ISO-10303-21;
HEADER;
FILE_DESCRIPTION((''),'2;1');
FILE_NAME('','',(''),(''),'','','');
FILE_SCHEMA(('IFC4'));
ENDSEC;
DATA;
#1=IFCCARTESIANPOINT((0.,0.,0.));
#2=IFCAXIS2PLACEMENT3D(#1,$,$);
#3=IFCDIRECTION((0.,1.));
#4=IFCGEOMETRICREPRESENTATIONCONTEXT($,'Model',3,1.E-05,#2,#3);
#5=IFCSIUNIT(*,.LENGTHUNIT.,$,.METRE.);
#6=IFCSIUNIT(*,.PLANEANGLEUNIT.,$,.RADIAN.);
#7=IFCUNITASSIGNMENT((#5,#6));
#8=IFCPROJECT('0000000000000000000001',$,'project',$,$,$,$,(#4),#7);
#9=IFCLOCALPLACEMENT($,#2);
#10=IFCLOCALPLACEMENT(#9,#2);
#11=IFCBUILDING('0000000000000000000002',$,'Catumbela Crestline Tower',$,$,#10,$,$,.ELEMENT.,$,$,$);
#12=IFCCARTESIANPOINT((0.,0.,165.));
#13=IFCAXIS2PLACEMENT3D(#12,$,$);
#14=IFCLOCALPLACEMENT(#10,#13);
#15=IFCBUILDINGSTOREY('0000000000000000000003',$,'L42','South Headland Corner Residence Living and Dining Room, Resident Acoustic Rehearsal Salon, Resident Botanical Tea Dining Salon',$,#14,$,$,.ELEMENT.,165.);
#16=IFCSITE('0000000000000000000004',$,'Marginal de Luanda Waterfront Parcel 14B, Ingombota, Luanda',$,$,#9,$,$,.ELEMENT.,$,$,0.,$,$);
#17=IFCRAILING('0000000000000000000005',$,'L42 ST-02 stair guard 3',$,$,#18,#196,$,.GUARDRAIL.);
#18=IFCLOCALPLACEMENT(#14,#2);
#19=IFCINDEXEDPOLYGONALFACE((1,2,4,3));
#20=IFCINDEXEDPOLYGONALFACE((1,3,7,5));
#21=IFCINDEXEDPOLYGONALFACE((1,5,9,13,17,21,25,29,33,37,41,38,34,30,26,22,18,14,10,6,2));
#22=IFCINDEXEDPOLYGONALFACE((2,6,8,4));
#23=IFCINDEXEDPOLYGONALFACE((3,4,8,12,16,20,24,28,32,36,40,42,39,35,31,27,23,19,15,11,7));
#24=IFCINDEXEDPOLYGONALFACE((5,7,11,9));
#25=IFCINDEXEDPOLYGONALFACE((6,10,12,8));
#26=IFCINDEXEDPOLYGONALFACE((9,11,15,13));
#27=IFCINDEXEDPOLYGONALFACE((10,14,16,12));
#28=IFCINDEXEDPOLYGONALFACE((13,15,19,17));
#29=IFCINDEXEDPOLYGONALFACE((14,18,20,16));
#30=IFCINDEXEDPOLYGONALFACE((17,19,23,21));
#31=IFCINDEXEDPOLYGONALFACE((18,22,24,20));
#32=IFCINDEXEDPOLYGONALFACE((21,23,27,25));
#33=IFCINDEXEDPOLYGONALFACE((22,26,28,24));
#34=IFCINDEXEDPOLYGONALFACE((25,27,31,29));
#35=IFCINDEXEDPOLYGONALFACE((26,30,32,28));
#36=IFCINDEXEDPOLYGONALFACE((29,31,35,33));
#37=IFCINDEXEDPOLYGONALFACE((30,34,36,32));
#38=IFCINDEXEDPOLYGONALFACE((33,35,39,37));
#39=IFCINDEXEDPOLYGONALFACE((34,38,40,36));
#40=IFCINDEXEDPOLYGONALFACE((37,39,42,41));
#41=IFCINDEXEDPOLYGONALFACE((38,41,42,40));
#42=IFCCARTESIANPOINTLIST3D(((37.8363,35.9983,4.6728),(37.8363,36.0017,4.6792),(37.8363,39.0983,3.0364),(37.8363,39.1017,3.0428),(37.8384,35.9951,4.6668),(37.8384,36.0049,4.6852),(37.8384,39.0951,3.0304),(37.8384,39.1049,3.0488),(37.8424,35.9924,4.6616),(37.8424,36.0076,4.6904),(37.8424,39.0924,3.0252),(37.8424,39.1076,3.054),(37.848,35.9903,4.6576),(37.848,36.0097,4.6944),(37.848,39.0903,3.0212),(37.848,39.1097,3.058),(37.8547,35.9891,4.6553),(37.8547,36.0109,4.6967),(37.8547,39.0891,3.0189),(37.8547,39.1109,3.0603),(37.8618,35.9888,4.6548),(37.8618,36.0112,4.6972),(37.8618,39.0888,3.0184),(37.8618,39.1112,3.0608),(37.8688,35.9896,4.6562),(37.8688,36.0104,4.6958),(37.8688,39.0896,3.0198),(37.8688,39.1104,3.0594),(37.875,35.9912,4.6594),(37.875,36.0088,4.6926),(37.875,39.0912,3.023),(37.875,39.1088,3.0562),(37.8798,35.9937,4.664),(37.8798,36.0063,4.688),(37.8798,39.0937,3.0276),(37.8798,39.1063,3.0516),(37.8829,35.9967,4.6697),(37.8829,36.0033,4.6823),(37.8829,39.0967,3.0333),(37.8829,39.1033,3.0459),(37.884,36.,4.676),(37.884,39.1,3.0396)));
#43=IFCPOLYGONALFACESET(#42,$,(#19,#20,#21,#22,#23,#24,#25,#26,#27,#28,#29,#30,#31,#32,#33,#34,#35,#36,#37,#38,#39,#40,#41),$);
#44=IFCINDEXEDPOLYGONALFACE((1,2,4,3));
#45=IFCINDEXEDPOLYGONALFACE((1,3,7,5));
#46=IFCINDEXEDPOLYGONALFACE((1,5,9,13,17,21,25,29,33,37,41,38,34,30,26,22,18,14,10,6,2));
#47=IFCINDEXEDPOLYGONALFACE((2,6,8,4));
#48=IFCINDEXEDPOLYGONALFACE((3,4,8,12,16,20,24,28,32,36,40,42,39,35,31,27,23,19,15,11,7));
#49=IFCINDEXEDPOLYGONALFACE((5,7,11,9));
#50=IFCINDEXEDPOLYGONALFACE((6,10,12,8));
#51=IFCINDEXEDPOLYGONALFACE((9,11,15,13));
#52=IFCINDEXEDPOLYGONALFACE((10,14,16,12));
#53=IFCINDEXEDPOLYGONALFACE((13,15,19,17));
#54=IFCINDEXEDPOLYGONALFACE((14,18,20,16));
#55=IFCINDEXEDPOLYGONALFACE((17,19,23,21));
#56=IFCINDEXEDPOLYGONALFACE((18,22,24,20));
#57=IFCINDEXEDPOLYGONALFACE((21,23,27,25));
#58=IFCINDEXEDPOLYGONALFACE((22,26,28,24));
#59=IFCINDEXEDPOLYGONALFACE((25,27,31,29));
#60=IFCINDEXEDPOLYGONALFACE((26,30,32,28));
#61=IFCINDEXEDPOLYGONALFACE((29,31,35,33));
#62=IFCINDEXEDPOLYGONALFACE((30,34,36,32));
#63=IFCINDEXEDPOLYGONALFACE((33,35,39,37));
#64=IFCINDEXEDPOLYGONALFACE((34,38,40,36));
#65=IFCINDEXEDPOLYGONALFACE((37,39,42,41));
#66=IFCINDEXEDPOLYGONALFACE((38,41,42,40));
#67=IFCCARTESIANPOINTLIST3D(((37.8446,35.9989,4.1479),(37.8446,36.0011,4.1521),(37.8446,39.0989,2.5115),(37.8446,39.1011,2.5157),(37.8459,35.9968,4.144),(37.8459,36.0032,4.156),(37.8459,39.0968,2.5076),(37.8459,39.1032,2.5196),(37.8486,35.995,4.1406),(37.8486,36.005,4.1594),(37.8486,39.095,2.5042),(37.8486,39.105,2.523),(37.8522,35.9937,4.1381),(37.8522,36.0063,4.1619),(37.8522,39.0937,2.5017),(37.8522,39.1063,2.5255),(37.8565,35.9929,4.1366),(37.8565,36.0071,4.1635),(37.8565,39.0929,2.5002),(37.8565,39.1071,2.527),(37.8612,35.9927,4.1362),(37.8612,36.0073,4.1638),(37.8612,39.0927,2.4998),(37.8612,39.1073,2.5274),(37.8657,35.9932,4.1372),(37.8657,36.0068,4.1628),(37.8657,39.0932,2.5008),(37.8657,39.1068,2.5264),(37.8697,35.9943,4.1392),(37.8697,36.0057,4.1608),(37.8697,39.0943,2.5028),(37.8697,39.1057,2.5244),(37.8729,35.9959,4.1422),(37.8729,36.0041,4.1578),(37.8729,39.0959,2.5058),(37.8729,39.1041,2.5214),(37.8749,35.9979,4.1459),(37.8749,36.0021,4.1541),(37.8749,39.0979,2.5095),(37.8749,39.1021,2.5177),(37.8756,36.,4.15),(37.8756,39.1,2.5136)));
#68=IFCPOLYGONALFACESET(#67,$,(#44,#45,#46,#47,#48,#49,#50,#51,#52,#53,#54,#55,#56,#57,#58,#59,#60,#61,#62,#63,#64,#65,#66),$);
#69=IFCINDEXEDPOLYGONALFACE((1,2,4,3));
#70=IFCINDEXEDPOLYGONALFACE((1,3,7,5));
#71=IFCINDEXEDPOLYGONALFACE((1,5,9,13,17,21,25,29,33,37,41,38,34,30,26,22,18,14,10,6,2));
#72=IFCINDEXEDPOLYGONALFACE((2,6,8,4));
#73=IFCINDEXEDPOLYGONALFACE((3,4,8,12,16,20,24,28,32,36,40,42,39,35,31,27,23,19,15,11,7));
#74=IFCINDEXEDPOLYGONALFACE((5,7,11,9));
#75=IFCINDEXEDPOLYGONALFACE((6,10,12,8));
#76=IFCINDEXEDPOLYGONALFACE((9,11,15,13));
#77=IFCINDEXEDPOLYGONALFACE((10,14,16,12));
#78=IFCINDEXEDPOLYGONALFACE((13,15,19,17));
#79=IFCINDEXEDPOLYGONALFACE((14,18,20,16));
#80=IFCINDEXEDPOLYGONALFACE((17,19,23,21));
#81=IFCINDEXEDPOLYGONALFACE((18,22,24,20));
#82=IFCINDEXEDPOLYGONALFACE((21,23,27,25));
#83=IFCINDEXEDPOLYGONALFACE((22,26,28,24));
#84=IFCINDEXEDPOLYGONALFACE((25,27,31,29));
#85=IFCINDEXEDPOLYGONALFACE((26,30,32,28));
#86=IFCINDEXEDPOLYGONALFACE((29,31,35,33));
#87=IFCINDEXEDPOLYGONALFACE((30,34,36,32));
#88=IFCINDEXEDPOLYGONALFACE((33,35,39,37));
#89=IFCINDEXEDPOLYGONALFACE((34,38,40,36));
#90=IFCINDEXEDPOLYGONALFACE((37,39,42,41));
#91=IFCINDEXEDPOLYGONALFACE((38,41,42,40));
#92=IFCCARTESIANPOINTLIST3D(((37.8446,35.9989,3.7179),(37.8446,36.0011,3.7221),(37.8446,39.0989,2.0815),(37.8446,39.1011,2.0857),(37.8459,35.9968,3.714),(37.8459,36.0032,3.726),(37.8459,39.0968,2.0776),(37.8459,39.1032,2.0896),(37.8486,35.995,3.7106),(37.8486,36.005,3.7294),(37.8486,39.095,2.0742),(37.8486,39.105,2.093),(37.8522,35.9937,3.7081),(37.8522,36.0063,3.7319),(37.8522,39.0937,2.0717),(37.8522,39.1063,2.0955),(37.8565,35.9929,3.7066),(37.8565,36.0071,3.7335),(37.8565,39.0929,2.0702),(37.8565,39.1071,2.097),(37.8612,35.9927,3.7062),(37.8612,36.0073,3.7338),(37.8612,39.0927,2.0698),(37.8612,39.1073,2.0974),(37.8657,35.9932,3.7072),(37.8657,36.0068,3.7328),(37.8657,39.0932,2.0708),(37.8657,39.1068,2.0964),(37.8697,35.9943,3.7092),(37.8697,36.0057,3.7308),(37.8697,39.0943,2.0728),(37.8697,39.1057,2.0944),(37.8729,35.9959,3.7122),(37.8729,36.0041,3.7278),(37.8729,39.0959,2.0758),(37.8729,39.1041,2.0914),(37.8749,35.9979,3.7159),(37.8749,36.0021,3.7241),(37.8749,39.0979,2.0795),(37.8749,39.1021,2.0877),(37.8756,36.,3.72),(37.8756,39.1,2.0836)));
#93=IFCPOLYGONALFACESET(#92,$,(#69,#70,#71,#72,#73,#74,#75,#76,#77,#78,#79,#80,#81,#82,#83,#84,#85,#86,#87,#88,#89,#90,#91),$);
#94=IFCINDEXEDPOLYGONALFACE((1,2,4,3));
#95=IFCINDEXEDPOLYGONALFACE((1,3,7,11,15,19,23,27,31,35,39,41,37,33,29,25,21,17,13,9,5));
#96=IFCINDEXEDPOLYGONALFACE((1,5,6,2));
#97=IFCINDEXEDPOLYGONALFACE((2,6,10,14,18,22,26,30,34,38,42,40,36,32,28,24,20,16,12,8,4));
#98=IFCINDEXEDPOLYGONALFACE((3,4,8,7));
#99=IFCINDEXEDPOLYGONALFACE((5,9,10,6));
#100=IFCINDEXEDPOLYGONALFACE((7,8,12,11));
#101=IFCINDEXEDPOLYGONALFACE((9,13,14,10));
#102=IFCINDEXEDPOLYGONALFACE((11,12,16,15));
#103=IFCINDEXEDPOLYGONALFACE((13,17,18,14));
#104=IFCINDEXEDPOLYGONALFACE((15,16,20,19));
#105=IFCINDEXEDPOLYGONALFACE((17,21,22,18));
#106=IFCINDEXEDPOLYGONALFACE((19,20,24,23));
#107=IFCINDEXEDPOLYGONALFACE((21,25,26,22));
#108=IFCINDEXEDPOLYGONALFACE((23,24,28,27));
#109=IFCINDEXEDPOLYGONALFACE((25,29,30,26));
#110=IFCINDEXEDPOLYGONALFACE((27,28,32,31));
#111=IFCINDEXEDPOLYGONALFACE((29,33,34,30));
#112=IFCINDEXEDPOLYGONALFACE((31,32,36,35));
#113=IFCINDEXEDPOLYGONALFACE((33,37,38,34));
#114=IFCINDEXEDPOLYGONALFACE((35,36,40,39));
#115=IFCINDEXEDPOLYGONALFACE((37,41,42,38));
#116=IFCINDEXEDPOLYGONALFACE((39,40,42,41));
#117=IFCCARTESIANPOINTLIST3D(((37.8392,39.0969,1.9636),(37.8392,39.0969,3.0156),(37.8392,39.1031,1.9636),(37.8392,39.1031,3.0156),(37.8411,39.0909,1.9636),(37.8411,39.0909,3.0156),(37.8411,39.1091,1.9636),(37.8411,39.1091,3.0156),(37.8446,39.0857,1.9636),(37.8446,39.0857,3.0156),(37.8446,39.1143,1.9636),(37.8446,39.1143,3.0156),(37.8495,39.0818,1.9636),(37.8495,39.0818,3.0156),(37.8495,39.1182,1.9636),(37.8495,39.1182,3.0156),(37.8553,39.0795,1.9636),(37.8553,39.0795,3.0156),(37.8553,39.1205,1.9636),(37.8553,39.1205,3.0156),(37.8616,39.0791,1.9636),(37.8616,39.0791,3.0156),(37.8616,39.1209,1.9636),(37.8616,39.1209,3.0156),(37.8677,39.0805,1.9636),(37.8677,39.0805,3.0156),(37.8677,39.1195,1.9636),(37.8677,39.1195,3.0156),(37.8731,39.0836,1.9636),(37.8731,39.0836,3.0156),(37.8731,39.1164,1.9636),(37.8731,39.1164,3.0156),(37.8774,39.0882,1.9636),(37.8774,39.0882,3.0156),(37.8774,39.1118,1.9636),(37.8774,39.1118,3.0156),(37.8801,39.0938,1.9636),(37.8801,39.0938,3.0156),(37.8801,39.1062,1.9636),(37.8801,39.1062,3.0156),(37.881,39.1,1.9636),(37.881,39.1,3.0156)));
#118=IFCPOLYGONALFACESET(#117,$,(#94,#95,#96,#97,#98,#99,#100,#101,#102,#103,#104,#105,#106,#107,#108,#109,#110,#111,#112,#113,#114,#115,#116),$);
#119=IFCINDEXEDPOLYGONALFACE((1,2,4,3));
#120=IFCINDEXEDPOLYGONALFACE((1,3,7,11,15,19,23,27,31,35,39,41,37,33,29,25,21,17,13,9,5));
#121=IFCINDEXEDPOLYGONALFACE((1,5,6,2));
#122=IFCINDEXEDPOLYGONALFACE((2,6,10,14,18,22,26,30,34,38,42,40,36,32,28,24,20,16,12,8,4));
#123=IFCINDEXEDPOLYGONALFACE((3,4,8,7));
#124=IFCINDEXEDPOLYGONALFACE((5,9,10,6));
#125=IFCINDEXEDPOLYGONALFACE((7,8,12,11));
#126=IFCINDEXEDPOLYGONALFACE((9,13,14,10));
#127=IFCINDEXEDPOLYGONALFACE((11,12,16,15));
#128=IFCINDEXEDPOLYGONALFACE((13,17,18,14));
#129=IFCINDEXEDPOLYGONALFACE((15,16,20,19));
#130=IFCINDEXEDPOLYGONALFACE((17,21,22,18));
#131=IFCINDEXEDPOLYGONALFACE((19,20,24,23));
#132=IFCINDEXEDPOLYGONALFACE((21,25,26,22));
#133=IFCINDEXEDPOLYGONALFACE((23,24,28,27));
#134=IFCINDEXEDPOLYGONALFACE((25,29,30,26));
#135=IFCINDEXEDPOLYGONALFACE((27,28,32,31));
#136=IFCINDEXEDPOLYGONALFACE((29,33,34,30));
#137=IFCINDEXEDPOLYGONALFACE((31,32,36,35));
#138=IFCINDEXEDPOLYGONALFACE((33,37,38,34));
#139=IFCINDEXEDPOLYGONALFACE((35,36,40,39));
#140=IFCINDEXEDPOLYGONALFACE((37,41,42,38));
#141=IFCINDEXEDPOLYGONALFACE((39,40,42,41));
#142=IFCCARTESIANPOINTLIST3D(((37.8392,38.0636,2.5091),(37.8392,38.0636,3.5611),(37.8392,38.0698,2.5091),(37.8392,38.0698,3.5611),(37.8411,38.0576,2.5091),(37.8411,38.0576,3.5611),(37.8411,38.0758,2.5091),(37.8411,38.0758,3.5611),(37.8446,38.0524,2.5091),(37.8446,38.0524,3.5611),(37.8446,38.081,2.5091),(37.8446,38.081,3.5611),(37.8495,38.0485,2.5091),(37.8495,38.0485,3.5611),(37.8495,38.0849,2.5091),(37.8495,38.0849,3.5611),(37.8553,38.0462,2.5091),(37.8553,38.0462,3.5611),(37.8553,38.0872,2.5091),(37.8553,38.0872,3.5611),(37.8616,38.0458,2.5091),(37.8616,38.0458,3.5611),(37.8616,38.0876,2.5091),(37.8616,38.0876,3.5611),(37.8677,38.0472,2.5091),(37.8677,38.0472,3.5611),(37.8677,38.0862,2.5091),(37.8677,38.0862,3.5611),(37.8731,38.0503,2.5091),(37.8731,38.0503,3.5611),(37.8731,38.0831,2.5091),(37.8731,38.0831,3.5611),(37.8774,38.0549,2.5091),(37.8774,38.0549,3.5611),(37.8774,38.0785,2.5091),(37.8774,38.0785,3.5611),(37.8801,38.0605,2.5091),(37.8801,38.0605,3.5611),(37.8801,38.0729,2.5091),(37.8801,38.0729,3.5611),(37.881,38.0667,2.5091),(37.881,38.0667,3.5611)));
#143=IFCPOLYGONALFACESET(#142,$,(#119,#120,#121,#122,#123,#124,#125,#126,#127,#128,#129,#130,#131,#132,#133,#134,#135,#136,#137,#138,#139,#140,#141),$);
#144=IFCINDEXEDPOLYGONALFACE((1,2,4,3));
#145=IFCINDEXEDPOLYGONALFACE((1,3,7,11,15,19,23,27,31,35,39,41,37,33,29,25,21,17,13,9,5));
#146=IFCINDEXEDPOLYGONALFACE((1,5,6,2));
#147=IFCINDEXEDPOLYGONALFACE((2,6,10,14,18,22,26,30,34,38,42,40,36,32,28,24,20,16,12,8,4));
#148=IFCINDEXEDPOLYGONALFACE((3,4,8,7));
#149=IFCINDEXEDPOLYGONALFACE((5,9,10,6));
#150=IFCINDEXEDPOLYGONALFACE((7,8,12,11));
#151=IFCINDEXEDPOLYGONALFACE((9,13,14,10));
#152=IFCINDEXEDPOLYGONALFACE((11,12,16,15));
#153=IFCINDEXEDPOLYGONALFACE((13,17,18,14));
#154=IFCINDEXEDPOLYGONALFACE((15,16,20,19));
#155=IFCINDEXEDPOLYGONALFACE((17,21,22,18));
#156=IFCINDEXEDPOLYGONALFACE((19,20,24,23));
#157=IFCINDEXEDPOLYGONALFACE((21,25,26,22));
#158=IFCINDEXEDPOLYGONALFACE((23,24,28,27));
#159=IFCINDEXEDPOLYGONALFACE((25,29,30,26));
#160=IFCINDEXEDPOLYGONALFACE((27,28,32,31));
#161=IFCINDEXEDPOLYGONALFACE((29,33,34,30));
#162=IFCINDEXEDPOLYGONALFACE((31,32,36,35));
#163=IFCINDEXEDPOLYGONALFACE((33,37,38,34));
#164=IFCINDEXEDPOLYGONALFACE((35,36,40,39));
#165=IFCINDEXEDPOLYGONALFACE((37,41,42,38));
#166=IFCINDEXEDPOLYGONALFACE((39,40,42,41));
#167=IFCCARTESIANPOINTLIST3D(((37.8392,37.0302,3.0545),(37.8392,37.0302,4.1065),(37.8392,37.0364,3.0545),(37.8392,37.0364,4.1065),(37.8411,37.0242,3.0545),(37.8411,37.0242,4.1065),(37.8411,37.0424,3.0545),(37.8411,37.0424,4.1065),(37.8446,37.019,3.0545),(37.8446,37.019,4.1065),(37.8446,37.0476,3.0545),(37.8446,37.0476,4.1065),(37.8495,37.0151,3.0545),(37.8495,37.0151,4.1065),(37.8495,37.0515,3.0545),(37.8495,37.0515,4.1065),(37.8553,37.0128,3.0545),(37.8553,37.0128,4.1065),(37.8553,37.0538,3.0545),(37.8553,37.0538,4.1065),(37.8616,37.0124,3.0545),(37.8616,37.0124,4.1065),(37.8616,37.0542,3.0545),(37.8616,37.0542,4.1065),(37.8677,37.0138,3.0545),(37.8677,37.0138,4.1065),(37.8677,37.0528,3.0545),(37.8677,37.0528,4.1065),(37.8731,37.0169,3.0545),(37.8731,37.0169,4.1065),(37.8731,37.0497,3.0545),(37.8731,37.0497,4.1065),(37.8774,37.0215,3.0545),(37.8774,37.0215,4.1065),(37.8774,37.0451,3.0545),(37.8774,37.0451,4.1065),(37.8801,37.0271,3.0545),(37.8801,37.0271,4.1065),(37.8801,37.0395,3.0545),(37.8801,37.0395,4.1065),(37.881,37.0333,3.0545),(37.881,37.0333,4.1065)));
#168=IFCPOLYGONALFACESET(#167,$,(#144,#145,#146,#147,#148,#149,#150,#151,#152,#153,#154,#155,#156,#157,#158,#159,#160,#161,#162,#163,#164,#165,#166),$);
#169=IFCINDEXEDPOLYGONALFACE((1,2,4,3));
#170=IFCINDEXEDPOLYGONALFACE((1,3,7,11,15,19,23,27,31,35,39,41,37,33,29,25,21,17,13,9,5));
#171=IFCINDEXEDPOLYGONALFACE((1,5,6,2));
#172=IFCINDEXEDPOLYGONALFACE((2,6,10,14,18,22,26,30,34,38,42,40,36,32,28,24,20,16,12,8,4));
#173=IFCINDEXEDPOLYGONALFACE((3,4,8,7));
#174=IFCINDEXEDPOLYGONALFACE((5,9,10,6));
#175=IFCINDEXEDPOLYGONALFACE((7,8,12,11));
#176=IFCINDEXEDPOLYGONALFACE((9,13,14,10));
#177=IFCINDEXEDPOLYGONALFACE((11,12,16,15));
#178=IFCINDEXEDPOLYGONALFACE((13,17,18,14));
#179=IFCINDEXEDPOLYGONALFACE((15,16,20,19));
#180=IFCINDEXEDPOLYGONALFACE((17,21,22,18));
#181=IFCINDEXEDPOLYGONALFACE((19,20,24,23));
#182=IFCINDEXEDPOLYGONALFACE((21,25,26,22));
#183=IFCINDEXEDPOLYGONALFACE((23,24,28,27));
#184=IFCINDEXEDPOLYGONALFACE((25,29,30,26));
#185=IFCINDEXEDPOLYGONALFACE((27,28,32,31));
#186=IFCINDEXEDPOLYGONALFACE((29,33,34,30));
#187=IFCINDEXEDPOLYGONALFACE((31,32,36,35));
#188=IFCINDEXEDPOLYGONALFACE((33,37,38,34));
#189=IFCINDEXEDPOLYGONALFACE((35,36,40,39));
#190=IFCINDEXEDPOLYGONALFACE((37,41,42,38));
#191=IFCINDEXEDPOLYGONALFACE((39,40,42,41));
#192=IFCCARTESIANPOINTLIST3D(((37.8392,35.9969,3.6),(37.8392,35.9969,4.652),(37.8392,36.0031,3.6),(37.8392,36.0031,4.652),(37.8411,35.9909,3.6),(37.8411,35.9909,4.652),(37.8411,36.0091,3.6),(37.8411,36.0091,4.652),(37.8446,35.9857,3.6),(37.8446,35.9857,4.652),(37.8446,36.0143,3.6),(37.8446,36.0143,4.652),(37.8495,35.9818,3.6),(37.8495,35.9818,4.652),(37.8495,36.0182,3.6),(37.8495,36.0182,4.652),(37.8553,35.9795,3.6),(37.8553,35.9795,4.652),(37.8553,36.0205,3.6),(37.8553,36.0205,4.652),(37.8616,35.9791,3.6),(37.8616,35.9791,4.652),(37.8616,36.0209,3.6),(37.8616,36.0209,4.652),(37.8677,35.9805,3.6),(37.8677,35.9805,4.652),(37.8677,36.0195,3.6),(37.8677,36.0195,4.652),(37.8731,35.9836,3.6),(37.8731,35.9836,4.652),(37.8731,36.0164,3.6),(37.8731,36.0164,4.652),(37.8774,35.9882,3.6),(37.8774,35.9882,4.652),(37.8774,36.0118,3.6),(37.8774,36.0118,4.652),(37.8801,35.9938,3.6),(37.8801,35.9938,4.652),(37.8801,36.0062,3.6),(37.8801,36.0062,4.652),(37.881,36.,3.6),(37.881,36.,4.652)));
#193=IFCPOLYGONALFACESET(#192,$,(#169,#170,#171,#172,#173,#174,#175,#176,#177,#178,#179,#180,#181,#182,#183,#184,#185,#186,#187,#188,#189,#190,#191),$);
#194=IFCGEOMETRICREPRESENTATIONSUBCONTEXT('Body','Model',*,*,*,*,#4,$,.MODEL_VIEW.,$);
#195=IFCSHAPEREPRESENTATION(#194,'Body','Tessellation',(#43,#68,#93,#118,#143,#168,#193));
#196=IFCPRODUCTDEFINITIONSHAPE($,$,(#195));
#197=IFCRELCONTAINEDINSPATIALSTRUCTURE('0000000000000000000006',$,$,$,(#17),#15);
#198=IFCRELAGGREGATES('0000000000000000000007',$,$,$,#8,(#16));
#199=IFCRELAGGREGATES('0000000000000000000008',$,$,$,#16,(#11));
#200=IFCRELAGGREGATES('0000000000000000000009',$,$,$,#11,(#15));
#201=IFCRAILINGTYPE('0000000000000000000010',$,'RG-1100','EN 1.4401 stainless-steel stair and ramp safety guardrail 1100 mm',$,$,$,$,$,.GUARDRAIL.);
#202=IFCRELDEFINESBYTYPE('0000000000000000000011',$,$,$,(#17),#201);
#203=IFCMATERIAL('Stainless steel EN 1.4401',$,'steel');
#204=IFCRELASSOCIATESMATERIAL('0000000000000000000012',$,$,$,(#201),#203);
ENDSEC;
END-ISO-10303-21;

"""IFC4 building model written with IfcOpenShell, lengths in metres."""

from ifc_helpers import new_model, si_unit, direction, frame, origin, origin_2d, place, context, subcontext, project, spatial, circle, extrude, material, type_object, element, save


model = new_model("IFC4")

# Units and contexts
model_context = context("Model", 3, precision=1e-05, world=origin(), true_north=direction((0.0, 1.0)))
body_context = subcontext(model_context, "Body", "Model", "MODEL_VIEW")
ifc_project = project(units=[si_unit("LENGTHUNIT", "METRE"), si_unit("PLANEANGLEUNIT", "RADIAN")], contexts=[model_context])

# Site, building, storey
site_placement = place(None, origin())
site = spatial("IfcSite", under=ifc_project, at=site_placement, Name="Marginal de Luanda Waterfront Parcel 14B, Ingombota, Luanda", CompositionType="ELEMENT", RefElevation=0.0)
building_placement = place(site_placement, origin())
building = spatial("IfcBuilding", under=site, at=building_placement, Name="Catumbela Crestline Tower", CompositionType="ELEMENT")
storey_placement = place(building_placement, frame((0.0, 0.0, 165.0)))
storey = spatial("IfcBuildingStorey", under=building, at=storey_placement, Name="L42", Description="South Headland Corner Residence Living and Dining Room, Resident Acoustic Rehearsal Salon, Resident Botanical Tea Dining Salon", CompositionType="ELEMENT", Elevation=165.0)

# Shared definitions
ifc_material_1 = material(Name="Stainless steel EN 1.4401", Category="steel")

# Railing
railing_type_1 = type_object("IfcRailingType", Name="RG-1100", Description="EN 1.4401 stainless-steel stair and ramp safety guardrail 1100 mm", PredefinedType="GUARDRAIL", material=ifc_material_1)
railing_1_placement = place(storey_placement, frame((37.86, 39.1, 1.9636)))
element("IfcRailing", 1, at=railing_1_placement, inside=storey, type_object=railing_type_1, Name="L42 ST-02 stair guard 3", PredefinedType="GUARDRAIL", context=body_context, shape_type="SweptSolid", body=[
    extrude(circle(Radius=0.024, at=origin_2d()), frame((0.0, 0.0, 1.076), z_axis=(0.0, -0.884351, 0.466823), x_axis=(1.0, 0.0, 0.0)), (0.0, 0.0, 1.0), 3.5054),
    extrude(circle(Radius=0.0156, at=origin_2d()), frame((0.0, 0.0, 0.55), z_axis=(0.0, -0.884351, 0.466823), x_axis=(1.0, 0.0, 0.0)), (0.0, 0.0, 1.0), 3.5054),
    extrude(circle(Radius=0.0156, at=origin_2d()), frame((0.0, 0.0, 0.12), z_axis=(0.0, -0.884351, 0.466823), x_axis=(1.0, 0.0, 0.0)), (0.0, 0.0, 1.0), 3.5054),
    extrude(circle(Radius=0.021, at=origin_2d()), origin(), (0.0, 0.0, 1.0), 1.052),
    extrude(circle(Radius=0.021, at=origin_2d()), frame((0.0, -1.0333, 0.5455)), (0.0, 0.0, 1.0), 1.052),
    extrude(circle(Radius=0.021, at=origin_2d()), frame((0.0, -2.0667, 1.0909)), (0.0, 0.0, 1.0), 1.052),
    extrude(circle(Radius=0.021, at=origin_2d()), frame((0.0, -3.1, 1.6364)), (0.0, 0.0, 1.0), 1.052),
])

save(model, "model.ifc")
